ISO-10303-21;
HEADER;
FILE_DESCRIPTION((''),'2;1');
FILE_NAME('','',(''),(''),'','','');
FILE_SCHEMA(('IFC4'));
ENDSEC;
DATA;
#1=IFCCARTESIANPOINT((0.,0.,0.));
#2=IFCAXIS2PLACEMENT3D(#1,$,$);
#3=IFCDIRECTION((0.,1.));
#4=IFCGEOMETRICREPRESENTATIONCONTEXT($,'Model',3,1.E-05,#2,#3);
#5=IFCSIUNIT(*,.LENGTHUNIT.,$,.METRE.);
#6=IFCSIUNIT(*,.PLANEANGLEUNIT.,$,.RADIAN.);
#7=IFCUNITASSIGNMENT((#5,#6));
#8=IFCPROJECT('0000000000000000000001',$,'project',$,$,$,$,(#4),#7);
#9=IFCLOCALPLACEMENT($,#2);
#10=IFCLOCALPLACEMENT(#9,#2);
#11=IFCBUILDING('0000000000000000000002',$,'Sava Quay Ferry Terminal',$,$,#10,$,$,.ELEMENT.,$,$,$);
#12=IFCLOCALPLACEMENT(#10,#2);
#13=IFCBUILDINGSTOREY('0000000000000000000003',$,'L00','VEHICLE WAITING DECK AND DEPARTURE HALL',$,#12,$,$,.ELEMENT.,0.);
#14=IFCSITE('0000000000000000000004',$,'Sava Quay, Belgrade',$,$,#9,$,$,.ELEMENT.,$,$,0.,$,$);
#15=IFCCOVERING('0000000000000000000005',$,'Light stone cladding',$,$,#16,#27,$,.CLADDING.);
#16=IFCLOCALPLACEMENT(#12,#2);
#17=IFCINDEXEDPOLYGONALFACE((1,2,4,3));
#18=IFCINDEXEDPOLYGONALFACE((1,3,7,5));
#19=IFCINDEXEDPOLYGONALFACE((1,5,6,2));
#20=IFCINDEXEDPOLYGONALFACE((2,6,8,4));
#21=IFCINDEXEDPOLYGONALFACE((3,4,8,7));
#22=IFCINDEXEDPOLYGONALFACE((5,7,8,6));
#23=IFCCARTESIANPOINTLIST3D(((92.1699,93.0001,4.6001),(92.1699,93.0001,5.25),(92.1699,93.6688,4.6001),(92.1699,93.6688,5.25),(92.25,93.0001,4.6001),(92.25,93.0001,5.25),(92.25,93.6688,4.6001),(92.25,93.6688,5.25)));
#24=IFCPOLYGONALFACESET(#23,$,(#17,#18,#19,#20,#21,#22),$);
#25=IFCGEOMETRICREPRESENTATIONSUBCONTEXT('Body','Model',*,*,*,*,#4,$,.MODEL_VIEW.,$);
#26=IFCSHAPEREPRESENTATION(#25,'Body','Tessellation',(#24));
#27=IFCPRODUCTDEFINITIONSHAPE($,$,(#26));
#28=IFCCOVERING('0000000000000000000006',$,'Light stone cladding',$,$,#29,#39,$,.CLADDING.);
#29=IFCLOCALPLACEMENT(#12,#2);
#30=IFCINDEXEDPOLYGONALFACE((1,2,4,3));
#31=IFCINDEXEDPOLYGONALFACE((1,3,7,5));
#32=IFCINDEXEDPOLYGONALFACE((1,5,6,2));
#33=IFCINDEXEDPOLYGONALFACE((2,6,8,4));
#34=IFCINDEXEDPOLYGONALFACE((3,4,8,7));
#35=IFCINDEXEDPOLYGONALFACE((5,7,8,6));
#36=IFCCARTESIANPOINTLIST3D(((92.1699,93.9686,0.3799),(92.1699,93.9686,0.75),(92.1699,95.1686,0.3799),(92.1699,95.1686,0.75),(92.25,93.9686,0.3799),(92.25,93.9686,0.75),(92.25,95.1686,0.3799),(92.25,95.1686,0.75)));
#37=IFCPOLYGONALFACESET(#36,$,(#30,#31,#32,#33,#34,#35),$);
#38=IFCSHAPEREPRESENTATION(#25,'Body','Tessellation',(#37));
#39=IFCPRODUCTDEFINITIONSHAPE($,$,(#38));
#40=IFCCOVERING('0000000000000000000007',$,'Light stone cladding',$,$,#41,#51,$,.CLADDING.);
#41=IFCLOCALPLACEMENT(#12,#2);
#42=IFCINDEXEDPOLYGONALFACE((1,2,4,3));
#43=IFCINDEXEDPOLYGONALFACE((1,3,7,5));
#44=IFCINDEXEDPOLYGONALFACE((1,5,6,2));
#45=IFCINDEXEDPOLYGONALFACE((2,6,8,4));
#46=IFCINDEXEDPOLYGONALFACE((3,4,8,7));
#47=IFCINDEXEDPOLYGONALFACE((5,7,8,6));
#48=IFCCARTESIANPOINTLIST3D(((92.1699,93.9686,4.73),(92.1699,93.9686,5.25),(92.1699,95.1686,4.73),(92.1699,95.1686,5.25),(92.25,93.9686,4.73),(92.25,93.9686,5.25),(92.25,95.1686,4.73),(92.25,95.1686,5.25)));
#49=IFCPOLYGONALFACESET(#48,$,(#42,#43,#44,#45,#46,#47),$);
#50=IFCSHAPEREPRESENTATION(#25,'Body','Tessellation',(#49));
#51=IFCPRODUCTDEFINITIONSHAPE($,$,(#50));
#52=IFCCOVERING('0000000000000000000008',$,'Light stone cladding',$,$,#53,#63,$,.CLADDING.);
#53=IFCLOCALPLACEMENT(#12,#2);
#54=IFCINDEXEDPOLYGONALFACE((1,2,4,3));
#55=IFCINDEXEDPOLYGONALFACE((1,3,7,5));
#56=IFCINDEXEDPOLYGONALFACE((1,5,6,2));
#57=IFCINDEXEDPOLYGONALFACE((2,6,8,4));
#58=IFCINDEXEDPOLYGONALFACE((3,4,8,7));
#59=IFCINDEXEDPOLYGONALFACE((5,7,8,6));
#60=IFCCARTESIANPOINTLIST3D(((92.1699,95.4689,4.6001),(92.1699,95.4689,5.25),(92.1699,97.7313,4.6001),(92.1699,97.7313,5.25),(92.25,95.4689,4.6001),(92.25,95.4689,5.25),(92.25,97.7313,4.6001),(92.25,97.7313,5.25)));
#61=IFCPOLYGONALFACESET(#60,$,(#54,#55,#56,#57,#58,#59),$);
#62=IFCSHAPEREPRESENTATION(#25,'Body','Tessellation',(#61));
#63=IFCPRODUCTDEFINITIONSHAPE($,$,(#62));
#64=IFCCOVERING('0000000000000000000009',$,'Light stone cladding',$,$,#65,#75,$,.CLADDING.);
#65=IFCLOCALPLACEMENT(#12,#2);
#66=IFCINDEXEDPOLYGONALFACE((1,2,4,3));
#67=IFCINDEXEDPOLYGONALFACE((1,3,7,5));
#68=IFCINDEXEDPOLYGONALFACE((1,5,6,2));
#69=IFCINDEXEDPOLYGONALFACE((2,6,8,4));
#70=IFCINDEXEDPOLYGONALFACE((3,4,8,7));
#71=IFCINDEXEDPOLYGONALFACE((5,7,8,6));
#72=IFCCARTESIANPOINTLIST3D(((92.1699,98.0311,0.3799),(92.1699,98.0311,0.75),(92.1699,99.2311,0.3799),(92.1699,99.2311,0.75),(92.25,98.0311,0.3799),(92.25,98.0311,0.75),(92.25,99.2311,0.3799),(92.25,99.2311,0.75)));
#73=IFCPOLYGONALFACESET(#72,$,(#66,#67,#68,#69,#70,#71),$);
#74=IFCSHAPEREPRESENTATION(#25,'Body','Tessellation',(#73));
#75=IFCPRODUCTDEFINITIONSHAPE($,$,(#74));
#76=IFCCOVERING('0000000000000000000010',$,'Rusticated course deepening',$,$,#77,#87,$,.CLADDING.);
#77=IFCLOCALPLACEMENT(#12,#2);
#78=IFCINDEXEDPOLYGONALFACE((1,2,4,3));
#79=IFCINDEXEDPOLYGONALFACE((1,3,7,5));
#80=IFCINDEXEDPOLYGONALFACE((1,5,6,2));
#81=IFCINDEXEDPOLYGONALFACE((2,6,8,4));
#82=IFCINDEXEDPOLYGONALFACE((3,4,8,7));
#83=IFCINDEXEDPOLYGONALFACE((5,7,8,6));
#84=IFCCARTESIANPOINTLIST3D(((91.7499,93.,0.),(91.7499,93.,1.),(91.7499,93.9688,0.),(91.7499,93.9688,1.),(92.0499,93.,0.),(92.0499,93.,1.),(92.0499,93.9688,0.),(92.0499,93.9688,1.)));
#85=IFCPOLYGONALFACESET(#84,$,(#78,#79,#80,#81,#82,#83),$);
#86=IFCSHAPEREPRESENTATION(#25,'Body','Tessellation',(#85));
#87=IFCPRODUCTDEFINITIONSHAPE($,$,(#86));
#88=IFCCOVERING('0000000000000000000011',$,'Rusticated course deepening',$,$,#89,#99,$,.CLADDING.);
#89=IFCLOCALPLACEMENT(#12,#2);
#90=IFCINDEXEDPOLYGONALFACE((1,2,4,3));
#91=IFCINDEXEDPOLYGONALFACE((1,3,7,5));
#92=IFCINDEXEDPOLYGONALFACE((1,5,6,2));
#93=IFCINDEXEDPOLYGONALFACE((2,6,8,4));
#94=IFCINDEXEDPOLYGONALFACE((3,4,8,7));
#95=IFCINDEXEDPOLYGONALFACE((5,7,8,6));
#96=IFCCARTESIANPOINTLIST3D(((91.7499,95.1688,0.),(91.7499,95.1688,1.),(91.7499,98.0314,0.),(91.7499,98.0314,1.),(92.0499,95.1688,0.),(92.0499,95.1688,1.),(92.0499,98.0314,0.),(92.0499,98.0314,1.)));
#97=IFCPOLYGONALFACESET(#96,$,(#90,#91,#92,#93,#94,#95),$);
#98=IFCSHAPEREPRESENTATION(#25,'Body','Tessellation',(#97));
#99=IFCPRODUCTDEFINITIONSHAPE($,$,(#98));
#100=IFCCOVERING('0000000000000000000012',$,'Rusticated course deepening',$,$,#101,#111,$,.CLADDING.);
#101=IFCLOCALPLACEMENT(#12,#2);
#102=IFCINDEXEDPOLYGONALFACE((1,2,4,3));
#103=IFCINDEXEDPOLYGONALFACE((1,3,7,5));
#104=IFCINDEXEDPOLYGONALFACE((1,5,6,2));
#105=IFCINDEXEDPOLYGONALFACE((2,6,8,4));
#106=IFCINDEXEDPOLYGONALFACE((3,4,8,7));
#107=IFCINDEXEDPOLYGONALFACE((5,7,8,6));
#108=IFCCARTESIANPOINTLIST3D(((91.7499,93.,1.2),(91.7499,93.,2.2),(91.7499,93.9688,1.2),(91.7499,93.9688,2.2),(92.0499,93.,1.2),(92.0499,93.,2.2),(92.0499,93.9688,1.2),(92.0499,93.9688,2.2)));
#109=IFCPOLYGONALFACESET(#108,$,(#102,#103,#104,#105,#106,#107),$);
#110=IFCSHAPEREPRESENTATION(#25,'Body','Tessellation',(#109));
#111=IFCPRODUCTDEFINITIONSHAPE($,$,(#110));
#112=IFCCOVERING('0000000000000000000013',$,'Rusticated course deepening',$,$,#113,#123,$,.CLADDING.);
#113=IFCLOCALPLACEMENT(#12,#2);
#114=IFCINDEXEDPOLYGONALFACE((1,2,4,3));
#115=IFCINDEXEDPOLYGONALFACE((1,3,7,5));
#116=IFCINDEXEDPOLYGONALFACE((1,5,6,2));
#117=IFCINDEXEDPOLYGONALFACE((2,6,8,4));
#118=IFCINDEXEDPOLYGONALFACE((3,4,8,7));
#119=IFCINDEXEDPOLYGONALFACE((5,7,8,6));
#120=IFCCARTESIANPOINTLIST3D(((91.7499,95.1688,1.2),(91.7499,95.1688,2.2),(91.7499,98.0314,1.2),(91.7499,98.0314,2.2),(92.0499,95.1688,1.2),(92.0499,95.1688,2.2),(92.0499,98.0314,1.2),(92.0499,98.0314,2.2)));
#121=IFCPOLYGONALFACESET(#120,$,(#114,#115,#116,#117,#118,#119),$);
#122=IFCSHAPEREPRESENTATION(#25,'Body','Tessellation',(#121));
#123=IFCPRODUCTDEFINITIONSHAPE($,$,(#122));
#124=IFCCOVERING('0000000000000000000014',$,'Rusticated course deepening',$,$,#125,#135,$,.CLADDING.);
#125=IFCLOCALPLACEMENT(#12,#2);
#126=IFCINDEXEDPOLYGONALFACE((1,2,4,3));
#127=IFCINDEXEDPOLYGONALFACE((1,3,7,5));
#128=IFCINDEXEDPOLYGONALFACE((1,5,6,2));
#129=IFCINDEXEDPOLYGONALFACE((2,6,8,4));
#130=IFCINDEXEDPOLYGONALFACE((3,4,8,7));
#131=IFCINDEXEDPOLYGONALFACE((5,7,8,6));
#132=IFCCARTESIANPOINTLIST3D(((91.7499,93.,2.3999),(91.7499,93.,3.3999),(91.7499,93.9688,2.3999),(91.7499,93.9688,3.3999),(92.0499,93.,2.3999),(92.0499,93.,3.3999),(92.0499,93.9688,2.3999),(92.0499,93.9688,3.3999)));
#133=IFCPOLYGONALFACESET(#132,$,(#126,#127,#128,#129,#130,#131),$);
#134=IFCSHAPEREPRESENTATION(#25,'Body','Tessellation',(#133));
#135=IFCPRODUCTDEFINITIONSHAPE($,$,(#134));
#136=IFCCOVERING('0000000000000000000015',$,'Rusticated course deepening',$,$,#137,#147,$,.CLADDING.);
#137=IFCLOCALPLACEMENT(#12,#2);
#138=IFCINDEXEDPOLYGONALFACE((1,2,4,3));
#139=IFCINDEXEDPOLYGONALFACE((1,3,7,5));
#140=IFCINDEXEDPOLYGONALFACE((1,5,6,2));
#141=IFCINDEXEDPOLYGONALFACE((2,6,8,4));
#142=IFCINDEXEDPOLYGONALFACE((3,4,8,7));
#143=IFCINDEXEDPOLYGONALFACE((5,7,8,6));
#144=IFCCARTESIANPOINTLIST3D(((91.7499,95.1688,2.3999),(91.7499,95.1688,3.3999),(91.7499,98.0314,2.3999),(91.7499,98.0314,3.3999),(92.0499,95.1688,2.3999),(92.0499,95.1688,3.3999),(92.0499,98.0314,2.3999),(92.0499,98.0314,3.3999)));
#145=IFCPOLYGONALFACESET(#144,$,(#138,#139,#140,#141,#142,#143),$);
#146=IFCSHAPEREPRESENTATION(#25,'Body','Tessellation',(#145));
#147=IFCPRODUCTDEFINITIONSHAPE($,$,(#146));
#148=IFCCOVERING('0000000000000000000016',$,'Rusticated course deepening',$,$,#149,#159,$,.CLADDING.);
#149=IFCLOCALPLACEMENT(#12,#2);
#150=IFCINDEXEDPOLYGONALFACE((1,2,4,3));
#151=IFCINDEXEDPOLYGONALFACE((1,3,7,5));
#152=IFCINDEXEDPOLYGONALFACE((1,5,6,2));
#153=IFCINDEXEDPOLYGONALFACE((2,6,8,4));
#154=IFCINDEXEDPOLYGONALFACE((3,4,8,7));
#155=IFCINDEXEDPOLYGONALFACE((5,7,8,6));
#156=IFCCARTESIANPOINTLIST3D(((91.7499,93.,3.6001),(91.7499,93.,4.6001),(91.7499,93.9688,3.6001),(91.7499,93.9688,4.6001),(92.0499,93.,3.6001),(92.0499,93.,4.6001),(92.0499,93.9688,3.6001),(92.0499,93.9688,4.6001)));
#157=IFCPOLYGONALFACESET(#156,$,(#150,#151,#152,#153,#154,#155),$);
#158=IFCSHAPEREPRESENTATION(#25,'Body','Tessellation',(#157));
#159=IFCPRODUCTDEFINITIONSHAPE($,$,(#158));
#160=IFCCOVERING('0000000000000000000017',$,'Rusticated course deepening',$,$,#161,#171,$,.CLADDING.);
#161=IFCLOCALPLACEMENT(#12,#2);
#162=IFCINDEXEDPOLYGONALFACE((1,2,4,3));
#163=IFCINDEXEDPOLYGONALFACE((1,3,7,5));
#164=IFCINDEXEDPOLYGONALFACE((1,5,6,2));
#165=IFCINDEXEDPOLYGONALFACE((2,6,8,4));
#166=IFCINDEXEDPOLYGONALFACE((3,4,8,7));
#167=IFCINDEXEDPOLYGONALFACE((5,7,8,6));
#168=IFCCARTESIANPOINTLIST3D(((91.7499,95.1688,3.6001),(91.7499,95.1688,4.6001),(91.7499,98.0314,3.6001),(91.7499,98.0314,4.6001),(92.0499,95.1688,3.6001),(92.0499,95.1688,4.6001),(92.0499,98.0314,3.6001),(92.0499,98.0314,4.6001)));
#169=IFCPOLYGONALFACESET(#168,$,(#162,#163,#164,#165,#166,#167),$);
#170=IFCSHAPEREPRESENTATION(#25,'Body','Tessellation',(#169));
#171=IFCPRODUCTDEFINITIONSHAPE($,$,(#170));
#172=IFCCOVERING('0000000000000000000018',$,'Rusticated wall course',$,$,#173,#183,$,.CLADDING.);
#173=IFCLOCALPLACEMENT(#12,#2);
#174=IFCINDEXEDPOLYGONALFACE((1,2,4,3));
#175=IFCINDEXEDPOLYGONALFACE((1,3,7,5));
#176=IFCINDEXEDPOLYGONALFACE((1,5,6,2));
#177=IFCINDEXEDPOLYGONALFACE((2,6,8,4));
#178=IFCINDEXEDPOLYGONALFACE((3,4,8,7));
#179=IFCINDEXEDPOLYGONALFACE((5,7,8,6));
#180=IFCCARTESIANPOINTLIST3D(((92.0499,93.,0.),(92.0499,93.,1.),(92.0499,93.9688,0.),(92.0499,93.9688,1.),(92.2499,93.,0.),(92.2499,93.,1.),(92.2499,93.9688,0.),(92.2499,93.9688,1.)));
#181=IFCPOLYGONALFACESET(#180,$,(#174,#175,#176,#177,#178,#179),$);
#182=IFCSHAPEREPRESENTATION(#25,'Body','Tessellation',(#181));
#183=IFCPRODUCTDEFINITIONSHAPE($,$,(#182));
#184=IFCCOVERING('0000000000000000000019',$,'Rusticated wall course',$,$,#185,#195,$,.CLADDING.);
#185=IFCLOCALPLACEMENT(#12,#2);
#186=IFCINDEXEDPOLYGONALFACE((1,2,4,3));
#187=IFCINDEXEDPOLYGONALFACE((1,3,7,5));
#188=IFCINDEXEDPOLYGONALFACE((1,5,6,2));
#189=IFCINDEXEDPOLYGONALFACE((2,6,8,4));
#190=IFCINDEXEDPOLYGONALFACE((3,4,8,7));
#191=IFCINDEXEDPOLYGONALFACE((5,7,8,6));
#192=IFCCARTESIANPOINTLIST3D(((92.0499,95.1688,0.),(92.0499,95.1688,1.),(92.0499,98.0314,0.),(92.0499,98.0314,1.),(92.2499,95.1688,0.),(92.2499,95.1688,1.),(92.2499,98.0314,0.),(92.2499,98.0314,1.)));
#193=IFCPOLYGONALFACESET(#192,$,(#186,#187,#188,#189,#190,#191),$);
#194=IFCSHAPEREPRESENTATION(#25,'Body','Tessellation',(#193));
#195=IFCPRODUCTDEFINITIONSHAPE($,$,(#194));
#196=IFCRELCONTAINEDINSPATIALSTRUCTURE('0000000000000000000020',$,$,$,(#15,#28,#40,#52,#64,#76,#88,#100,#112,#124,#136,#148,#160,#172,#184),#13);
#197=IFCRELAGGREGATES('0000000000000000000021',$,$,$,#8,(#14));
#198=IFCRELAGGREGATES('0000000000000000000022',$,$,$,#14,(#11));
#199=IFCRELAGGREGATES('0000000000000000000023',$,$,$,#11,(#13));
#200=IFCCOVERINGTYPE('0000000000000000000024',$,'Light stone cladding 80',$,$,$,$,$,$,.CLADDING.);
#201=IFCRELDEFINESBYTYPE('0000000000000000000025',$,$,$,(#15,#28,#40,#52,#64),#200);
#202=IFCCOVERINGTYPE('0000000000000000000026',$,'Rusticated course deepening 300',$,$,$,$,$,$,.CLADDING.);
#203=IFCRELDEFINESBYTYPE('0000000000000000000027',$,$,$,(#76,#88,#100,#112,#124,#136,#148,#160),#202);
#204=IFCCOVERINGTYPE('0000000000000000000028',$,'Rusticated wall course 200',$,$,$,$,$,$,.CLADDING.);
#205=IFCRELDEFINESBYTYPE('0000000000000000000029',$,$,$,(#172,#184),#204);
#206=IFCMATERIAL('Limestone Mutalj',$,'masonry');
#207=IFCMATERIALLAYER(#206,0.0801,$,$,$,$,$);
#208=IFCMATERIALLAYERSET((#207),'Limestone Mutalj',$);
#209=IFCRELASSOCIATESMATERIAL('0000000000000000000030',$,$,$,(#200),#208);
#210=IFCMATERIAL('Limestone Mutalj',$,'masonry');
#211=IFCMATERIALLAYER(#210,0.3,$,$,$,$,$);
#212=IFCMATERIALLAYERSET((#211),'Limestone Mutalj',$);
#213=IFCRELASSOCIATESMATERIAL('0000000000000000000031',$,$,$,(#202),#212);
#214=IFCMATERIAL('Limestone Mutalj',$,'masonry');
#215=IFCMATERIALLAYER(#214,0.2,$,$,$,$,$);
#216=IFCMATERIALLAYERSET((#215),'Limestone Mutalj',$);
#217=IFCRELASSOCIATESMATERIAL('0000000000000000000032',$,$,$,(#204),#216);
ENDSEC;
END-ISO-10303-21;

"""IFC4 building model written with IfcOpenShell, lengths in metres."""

from ifc_helpers import new_model, si_unit, direction, frame, origin, origin_2d, place, context, subcontext, project, spatial, rectangle, extrude, material, layer, layer_set, type_object, element, save


model = new_model("IFC4")

# Units and contexts
model_context = context("Model", 3, precision=1e-05, world=origin(), true_north=direction((0.0, 1.0)))
body_context = subcontext(model_context, "Body", "Model", "MODEL_VIEW")
ifc_project = project(units=[si_unit("LENGTHUNIT", "METRE"), si_unit("PLANEANGLEUNIT", "RADIAN")], contexts=[model_context])

# Site, building, storey
site_placement = place(None, origin())
site = spatial("IfcSite", under=ifc_project, at=site_placement, Name="Sava Quay, Belgrade", CompositionType="ELEMENT", RefElevation=0.0)
building_placement = place(site_placement, origin())
building = spatial("IfcBuilding", under=site, at=building_placement, Name="Sava Quay Ferry Terminal", CompositionType="ELEMENT")
storey_placement = place(building_placement, origin())
storey = spatial("IfcBuildingStorey", under=building, at=storey_placement, Name="L00", Description="VEHICLE WAITING DECK AND DEPARTURE HALL", CompositionType="ELEMENT", Elevation=0.0)

# Coverings
ifc_material_1 = material(Name="Limestone Mutalj", Category="masonry")
ifc_layer_1 = layer(ifc_material_1, 0.0801)
ifc_layer_set_1 = layer_set([ifc_layer_1], Name="Limestone Mutalj")
covering_type_1 = type_object("IfcCoveringType", Name="Light stone cladding 80", PredefinedType="CLADDING", material=ifc_layer_set_1)
covering_1_placement = place(storey_placement, frame((92.21, 93.3345, 4.6001), z_axis=(0.0, 0.0, 1.0), x_axis=(1.0, 0.0, 0.0)))
element("IfcCovering", 1, at=covering_1_placement, inside=storey, type_object=covering_type_1, Name="Light stone cladding", PredefinedType="CLADDING", context=body_context, shape_type="SweptSolid", body=[
    extrude(rectangle(XDim=0.0801, YDim=0.6687, at=origin_2d()), origin(), (0.0, 0.0, 1.0), 0.6499),
])
covering_2_placement = place(storey_placement, frame((92.21, 94.5686, 0.3799), z_axis=(0.0, 0.0, 1.0), x_axis=(1.0, 0.0, 0.0)))
element("IfcCovering", 2, at=covering_2_placement, inside=storey, type_object=covering_type_1, Name="Light stone cladding", PredefinedType="CLADDING", context=body_context, shape_type="SweptSolid", body=[
    extrude(rectangle(XDim=0.0801, YDim=1.2, at=origin_2d()), origin(), (0.0, 0.0, 1.0), 0.3701),
])
covering_3_placement = place(storey_placement, frame((92.21, 94.5686, 4.73), z_axis=(0.0, 0.0, 1.0), x_axis=(1.0, 0.0, 0.0)))
element("IfcCovering", 3, at=covering_3_placement, inside=storey, type_object=covering_type_1, Name="Light stone cladding", PredefinedType="CLADDING", context=body_context, shape_type="SweptSolid", body=[
    extrude(rectangle(XDim=0.0801, YDim=1.2, at=origin_2d()), origin(), (0.0, 0.0, 1.0), 0.52),
])
covering_4_placement = place(storey_placement, frame((92.21, 96.6001, 4.6001), z_axis=(0.0, 0.0, 1.0), x_axis=(1.0, 0.0, 0.0)))
element("IfcCovering", 4, at=covering_4_placement, inside=storey, type_object=covering_type_1, Name="Light stone cladding", PredefinedType="CLADDING", context=body_context, shape_type="SweptSolid", body=[
    extrude(rectangle(XDim=0.0801, YDim=2.2625, at=origin_2d()), origin(), (0.0, 0.0, 1.0), 0.6499),
])
covering_5_placement = place(storey_placement, frame((92.21, 98.6311, 0.3799), z_axis=(0.0, 0.0, 1.0), x_axis=(1.0, 0.0, 0.0)))
element("IfcCovering", 5, at=covering_5_placement, inside=storey, type_object=covering_type_1, Name="Light stone cladding", PredefinedType="CLADDING", context=body_context, shape_type="SweptSolid", body=[
    extrude(rectangle(XDim=0.0801, YDim=1.2, at=origin_2d()), origin(), (0.0, 0.0, 1.0), 0.3701),
])
ifc_material_2 = material(Name="Limestone Mutalj", Category="masonry")
ifc_layer_2 = layer(ifc_material_2, 0.3)
ifc_layer_set_2 = layer_set([ifc_layer_2], Name="Limestone Mutalj")
covering_type_2 = type_object("IfcCoveringType", Name="Rusticated course deepening 300", PredefinedType="CLADDING", material=ifc_layer_set_2)
covering_6_placement = place(storey_placement, frame((91.8999, 93.4844, 0.0), z_axis=(0.0, 0.0, 1.0), x_axis=(1.0, 0.0, 0.0)))
element("IfcCovering", 6, at=covering_6_placement, inside=storey, type_object=covering_type_2, Name="Rusticated course deepening", PredefinedType="CLADDING", context=body_context, shape_type="SweptSolid", body=[
    extrude(rectangle(XDim=0.3, YDim=0.9688, at=origin_2d()), origin(), (0.0, 0.0, 1.0), 1.0),
])
covering_7_placement = place(storey_placement, frame((91.8999, 96.6001, 0.0), z_axis=(0.0, 0.0, 1.0), x_axis=(1.0, 0.0, 0.0)))
element("IfcCovering", 7, at=covering_7_placement, inside=storey, type_object=covering_type_2, Name="Rusticated course deepening", PredefinedType="CLADDING", context=body_context, shape_type="SweptSolid", body=[
    extrude(rectangle(XDim=0.3, YDim=2.8625, at=origin_2d()), origin(), (0.0, 0.0, 1.0), 1.0),
])
covering_8_placement = place(storey_placement, frame((91.8999, 93.4844, 1.2), z_axis=(0.0, 0.0, 1.0), x_axis=(1.0, 0.0, 0.0)))
element("IfcCovering", 8, at=covering_8_placement, inside=storey, type_object=covering_type_2, Name="Rusticated course deepening", PredefinedType="CLADDING", context=body_context, shape_type="SweptSolid", body=[
    extrude(rectangle(XDim=0.3, YDim=0.9688, at=origin_2d()), origin(), (0.0, 0.0, 1.0), 1.0),
])
covering_9_placement = place(storey_placement, frame((91.8999, 96.6001, 1.2), z_axis=(0.0, 0.0, 1.0), x_axis=(1.0, 0.0, 0.0)))
element("IfcCovering", 9, at=covering_9_placement, inside=storey, type_object=covering_type_2, Name="Rusticated course deepening", PredefinedType="CLADDING", context=body_context, shape_type="SweptSolid", body=[
    extrude(rectangle(XDim=0.3, YDim=2.8625, at=origin_2d()), origin(), (0.0, 0.0, 1.0), 1.0),
])
covering_10_placement = place(storey_placement, frame((91.8999, 93.4844, 2.3999), z_axis=(0.0, 0.0, 1.0), x_axis=(1.0, 0.0, 0.0)))
element("IfcCovering", 10, at=covering_10_placement, inside=storey, type_object=covering_type_2, Name="Rusticated course deepening", PredefinedType="CLADDING", context=body_context, shape_type="SweptSolid", body=[
    extrude(rectangle(XDim=0.3, YDim=0.9688, at=origin_2d()), origin(), (0.0, 0.0, 1.0), 1.0),
])
covering_11_placement = place(storey_placement, frame((91.8999, 96.6001, 2.3999), z_axis=(0.0, 0.0, 1.0), x_axis=(1.0, 0.0, 0.0)))
element("IfcCovering", 11, at=covering_11_placement, inside=storey, type_object=covering_type_2, Name="Rusticated course deepening", PredefinedType="CLADDING", context=body_context, shape_type="SweptSolid", body=[
    extrude(rectangle(XDim=0.3, YDim=2.8625, at=origin_2d()), origin(), (0.0, 0.0, 1.0), 1.0),
])
covering_12_placement = place(storey_placement, frame((91.8999, 93.4844, 3.6001), z_axis=(0.0, 0.0, 1.0), x_axis=(1.0, 0.0, 0.0)))
element("IfcCovering", 12, at=covering_12_placement, inside=storey, type_object=covering_type_2, Name="Rusticated course deepening", PredefinedType="CLADDING", context=body_context, shape_type="SweptSolid", body=[
    extrude(rectangle(XDim=0.3, YDim=0.9688, at=origin_2d()), origin(), (0.0, 0.0, 1.0), 1.0),
])
covering_13_placement = place(storey_placement, frame((91.8999, 96.6001, 3.6001), z_axis=(0.0, 0.0, 1.0), x_axis=(1.0, 0.0, 0.0)))
element("IfcCovering", 13, at=covering_13_placement, inside=storey, type_object=covering_type_2, Name="Rusticated course deepening", PredefinedType="CLADDING", context=body_context, shape_type="SweptSolid", body=[
    extrude(rectangle(XDim=0.3, YDim=2.8625, at=origin_2d()), origin(), (0.0, 0.0, 1.0), 1.0),
])
ifc_material_3 = material(Name="Limestone Mutalj", Category="masonry")
ifc_layer_3 = layer(ifc_material_3, 0.2)
ifc_layer_set_3 = layer_set([ifc_layer_3], Name="Limestone Mutalj")
covering_type_3 = type_object("IfcCoveringType", Name="Rusticated wall course 200", PredefinedType="CLADDING", material=ifc_layer_set_3)
covering_14_placement = place(storey_placement, frame((92.1499, 93.4844, 0.0), z_axis=(0.0, 0.0, 1.0), x_axis=(1.0, 0.0, 0.0)))
element("IfcCovering", 14, at=covering_14_placement, inside=storey, type_object=covering_type_3, Name="Rusticated wall course", PredefinedType="CLADDING", context=body_context, shape_type="SweptSolid", body=[
    extrude(rectangle(XDim=0.2, YDim=0.9688, at=origin_2d()), origin(), (0.0, 0.0, 1.0), 1.0),
])
covering_15_placement = place(storey_placement, frame((92.1499, 96.6001, 0.0), z_axis=(0.0, 0.0, 1.0), x_axis=(1.0, 0.0, 0.0)))
element("IfcCovering", 15, at=covering_15_placement, inside=storey, type_object=covering_type_3, Name="Rusticated wall course", PredefinedType="CLADDING", context=body_context, shape_type="SweptSolid", body=[
    extrude(rectangle(XDim=0.2, YDim=2.8625, at=origin_2d()), origin(), (0.0, 0.0, 1.0), 1.0),
])

save(model, "model.ifc")
